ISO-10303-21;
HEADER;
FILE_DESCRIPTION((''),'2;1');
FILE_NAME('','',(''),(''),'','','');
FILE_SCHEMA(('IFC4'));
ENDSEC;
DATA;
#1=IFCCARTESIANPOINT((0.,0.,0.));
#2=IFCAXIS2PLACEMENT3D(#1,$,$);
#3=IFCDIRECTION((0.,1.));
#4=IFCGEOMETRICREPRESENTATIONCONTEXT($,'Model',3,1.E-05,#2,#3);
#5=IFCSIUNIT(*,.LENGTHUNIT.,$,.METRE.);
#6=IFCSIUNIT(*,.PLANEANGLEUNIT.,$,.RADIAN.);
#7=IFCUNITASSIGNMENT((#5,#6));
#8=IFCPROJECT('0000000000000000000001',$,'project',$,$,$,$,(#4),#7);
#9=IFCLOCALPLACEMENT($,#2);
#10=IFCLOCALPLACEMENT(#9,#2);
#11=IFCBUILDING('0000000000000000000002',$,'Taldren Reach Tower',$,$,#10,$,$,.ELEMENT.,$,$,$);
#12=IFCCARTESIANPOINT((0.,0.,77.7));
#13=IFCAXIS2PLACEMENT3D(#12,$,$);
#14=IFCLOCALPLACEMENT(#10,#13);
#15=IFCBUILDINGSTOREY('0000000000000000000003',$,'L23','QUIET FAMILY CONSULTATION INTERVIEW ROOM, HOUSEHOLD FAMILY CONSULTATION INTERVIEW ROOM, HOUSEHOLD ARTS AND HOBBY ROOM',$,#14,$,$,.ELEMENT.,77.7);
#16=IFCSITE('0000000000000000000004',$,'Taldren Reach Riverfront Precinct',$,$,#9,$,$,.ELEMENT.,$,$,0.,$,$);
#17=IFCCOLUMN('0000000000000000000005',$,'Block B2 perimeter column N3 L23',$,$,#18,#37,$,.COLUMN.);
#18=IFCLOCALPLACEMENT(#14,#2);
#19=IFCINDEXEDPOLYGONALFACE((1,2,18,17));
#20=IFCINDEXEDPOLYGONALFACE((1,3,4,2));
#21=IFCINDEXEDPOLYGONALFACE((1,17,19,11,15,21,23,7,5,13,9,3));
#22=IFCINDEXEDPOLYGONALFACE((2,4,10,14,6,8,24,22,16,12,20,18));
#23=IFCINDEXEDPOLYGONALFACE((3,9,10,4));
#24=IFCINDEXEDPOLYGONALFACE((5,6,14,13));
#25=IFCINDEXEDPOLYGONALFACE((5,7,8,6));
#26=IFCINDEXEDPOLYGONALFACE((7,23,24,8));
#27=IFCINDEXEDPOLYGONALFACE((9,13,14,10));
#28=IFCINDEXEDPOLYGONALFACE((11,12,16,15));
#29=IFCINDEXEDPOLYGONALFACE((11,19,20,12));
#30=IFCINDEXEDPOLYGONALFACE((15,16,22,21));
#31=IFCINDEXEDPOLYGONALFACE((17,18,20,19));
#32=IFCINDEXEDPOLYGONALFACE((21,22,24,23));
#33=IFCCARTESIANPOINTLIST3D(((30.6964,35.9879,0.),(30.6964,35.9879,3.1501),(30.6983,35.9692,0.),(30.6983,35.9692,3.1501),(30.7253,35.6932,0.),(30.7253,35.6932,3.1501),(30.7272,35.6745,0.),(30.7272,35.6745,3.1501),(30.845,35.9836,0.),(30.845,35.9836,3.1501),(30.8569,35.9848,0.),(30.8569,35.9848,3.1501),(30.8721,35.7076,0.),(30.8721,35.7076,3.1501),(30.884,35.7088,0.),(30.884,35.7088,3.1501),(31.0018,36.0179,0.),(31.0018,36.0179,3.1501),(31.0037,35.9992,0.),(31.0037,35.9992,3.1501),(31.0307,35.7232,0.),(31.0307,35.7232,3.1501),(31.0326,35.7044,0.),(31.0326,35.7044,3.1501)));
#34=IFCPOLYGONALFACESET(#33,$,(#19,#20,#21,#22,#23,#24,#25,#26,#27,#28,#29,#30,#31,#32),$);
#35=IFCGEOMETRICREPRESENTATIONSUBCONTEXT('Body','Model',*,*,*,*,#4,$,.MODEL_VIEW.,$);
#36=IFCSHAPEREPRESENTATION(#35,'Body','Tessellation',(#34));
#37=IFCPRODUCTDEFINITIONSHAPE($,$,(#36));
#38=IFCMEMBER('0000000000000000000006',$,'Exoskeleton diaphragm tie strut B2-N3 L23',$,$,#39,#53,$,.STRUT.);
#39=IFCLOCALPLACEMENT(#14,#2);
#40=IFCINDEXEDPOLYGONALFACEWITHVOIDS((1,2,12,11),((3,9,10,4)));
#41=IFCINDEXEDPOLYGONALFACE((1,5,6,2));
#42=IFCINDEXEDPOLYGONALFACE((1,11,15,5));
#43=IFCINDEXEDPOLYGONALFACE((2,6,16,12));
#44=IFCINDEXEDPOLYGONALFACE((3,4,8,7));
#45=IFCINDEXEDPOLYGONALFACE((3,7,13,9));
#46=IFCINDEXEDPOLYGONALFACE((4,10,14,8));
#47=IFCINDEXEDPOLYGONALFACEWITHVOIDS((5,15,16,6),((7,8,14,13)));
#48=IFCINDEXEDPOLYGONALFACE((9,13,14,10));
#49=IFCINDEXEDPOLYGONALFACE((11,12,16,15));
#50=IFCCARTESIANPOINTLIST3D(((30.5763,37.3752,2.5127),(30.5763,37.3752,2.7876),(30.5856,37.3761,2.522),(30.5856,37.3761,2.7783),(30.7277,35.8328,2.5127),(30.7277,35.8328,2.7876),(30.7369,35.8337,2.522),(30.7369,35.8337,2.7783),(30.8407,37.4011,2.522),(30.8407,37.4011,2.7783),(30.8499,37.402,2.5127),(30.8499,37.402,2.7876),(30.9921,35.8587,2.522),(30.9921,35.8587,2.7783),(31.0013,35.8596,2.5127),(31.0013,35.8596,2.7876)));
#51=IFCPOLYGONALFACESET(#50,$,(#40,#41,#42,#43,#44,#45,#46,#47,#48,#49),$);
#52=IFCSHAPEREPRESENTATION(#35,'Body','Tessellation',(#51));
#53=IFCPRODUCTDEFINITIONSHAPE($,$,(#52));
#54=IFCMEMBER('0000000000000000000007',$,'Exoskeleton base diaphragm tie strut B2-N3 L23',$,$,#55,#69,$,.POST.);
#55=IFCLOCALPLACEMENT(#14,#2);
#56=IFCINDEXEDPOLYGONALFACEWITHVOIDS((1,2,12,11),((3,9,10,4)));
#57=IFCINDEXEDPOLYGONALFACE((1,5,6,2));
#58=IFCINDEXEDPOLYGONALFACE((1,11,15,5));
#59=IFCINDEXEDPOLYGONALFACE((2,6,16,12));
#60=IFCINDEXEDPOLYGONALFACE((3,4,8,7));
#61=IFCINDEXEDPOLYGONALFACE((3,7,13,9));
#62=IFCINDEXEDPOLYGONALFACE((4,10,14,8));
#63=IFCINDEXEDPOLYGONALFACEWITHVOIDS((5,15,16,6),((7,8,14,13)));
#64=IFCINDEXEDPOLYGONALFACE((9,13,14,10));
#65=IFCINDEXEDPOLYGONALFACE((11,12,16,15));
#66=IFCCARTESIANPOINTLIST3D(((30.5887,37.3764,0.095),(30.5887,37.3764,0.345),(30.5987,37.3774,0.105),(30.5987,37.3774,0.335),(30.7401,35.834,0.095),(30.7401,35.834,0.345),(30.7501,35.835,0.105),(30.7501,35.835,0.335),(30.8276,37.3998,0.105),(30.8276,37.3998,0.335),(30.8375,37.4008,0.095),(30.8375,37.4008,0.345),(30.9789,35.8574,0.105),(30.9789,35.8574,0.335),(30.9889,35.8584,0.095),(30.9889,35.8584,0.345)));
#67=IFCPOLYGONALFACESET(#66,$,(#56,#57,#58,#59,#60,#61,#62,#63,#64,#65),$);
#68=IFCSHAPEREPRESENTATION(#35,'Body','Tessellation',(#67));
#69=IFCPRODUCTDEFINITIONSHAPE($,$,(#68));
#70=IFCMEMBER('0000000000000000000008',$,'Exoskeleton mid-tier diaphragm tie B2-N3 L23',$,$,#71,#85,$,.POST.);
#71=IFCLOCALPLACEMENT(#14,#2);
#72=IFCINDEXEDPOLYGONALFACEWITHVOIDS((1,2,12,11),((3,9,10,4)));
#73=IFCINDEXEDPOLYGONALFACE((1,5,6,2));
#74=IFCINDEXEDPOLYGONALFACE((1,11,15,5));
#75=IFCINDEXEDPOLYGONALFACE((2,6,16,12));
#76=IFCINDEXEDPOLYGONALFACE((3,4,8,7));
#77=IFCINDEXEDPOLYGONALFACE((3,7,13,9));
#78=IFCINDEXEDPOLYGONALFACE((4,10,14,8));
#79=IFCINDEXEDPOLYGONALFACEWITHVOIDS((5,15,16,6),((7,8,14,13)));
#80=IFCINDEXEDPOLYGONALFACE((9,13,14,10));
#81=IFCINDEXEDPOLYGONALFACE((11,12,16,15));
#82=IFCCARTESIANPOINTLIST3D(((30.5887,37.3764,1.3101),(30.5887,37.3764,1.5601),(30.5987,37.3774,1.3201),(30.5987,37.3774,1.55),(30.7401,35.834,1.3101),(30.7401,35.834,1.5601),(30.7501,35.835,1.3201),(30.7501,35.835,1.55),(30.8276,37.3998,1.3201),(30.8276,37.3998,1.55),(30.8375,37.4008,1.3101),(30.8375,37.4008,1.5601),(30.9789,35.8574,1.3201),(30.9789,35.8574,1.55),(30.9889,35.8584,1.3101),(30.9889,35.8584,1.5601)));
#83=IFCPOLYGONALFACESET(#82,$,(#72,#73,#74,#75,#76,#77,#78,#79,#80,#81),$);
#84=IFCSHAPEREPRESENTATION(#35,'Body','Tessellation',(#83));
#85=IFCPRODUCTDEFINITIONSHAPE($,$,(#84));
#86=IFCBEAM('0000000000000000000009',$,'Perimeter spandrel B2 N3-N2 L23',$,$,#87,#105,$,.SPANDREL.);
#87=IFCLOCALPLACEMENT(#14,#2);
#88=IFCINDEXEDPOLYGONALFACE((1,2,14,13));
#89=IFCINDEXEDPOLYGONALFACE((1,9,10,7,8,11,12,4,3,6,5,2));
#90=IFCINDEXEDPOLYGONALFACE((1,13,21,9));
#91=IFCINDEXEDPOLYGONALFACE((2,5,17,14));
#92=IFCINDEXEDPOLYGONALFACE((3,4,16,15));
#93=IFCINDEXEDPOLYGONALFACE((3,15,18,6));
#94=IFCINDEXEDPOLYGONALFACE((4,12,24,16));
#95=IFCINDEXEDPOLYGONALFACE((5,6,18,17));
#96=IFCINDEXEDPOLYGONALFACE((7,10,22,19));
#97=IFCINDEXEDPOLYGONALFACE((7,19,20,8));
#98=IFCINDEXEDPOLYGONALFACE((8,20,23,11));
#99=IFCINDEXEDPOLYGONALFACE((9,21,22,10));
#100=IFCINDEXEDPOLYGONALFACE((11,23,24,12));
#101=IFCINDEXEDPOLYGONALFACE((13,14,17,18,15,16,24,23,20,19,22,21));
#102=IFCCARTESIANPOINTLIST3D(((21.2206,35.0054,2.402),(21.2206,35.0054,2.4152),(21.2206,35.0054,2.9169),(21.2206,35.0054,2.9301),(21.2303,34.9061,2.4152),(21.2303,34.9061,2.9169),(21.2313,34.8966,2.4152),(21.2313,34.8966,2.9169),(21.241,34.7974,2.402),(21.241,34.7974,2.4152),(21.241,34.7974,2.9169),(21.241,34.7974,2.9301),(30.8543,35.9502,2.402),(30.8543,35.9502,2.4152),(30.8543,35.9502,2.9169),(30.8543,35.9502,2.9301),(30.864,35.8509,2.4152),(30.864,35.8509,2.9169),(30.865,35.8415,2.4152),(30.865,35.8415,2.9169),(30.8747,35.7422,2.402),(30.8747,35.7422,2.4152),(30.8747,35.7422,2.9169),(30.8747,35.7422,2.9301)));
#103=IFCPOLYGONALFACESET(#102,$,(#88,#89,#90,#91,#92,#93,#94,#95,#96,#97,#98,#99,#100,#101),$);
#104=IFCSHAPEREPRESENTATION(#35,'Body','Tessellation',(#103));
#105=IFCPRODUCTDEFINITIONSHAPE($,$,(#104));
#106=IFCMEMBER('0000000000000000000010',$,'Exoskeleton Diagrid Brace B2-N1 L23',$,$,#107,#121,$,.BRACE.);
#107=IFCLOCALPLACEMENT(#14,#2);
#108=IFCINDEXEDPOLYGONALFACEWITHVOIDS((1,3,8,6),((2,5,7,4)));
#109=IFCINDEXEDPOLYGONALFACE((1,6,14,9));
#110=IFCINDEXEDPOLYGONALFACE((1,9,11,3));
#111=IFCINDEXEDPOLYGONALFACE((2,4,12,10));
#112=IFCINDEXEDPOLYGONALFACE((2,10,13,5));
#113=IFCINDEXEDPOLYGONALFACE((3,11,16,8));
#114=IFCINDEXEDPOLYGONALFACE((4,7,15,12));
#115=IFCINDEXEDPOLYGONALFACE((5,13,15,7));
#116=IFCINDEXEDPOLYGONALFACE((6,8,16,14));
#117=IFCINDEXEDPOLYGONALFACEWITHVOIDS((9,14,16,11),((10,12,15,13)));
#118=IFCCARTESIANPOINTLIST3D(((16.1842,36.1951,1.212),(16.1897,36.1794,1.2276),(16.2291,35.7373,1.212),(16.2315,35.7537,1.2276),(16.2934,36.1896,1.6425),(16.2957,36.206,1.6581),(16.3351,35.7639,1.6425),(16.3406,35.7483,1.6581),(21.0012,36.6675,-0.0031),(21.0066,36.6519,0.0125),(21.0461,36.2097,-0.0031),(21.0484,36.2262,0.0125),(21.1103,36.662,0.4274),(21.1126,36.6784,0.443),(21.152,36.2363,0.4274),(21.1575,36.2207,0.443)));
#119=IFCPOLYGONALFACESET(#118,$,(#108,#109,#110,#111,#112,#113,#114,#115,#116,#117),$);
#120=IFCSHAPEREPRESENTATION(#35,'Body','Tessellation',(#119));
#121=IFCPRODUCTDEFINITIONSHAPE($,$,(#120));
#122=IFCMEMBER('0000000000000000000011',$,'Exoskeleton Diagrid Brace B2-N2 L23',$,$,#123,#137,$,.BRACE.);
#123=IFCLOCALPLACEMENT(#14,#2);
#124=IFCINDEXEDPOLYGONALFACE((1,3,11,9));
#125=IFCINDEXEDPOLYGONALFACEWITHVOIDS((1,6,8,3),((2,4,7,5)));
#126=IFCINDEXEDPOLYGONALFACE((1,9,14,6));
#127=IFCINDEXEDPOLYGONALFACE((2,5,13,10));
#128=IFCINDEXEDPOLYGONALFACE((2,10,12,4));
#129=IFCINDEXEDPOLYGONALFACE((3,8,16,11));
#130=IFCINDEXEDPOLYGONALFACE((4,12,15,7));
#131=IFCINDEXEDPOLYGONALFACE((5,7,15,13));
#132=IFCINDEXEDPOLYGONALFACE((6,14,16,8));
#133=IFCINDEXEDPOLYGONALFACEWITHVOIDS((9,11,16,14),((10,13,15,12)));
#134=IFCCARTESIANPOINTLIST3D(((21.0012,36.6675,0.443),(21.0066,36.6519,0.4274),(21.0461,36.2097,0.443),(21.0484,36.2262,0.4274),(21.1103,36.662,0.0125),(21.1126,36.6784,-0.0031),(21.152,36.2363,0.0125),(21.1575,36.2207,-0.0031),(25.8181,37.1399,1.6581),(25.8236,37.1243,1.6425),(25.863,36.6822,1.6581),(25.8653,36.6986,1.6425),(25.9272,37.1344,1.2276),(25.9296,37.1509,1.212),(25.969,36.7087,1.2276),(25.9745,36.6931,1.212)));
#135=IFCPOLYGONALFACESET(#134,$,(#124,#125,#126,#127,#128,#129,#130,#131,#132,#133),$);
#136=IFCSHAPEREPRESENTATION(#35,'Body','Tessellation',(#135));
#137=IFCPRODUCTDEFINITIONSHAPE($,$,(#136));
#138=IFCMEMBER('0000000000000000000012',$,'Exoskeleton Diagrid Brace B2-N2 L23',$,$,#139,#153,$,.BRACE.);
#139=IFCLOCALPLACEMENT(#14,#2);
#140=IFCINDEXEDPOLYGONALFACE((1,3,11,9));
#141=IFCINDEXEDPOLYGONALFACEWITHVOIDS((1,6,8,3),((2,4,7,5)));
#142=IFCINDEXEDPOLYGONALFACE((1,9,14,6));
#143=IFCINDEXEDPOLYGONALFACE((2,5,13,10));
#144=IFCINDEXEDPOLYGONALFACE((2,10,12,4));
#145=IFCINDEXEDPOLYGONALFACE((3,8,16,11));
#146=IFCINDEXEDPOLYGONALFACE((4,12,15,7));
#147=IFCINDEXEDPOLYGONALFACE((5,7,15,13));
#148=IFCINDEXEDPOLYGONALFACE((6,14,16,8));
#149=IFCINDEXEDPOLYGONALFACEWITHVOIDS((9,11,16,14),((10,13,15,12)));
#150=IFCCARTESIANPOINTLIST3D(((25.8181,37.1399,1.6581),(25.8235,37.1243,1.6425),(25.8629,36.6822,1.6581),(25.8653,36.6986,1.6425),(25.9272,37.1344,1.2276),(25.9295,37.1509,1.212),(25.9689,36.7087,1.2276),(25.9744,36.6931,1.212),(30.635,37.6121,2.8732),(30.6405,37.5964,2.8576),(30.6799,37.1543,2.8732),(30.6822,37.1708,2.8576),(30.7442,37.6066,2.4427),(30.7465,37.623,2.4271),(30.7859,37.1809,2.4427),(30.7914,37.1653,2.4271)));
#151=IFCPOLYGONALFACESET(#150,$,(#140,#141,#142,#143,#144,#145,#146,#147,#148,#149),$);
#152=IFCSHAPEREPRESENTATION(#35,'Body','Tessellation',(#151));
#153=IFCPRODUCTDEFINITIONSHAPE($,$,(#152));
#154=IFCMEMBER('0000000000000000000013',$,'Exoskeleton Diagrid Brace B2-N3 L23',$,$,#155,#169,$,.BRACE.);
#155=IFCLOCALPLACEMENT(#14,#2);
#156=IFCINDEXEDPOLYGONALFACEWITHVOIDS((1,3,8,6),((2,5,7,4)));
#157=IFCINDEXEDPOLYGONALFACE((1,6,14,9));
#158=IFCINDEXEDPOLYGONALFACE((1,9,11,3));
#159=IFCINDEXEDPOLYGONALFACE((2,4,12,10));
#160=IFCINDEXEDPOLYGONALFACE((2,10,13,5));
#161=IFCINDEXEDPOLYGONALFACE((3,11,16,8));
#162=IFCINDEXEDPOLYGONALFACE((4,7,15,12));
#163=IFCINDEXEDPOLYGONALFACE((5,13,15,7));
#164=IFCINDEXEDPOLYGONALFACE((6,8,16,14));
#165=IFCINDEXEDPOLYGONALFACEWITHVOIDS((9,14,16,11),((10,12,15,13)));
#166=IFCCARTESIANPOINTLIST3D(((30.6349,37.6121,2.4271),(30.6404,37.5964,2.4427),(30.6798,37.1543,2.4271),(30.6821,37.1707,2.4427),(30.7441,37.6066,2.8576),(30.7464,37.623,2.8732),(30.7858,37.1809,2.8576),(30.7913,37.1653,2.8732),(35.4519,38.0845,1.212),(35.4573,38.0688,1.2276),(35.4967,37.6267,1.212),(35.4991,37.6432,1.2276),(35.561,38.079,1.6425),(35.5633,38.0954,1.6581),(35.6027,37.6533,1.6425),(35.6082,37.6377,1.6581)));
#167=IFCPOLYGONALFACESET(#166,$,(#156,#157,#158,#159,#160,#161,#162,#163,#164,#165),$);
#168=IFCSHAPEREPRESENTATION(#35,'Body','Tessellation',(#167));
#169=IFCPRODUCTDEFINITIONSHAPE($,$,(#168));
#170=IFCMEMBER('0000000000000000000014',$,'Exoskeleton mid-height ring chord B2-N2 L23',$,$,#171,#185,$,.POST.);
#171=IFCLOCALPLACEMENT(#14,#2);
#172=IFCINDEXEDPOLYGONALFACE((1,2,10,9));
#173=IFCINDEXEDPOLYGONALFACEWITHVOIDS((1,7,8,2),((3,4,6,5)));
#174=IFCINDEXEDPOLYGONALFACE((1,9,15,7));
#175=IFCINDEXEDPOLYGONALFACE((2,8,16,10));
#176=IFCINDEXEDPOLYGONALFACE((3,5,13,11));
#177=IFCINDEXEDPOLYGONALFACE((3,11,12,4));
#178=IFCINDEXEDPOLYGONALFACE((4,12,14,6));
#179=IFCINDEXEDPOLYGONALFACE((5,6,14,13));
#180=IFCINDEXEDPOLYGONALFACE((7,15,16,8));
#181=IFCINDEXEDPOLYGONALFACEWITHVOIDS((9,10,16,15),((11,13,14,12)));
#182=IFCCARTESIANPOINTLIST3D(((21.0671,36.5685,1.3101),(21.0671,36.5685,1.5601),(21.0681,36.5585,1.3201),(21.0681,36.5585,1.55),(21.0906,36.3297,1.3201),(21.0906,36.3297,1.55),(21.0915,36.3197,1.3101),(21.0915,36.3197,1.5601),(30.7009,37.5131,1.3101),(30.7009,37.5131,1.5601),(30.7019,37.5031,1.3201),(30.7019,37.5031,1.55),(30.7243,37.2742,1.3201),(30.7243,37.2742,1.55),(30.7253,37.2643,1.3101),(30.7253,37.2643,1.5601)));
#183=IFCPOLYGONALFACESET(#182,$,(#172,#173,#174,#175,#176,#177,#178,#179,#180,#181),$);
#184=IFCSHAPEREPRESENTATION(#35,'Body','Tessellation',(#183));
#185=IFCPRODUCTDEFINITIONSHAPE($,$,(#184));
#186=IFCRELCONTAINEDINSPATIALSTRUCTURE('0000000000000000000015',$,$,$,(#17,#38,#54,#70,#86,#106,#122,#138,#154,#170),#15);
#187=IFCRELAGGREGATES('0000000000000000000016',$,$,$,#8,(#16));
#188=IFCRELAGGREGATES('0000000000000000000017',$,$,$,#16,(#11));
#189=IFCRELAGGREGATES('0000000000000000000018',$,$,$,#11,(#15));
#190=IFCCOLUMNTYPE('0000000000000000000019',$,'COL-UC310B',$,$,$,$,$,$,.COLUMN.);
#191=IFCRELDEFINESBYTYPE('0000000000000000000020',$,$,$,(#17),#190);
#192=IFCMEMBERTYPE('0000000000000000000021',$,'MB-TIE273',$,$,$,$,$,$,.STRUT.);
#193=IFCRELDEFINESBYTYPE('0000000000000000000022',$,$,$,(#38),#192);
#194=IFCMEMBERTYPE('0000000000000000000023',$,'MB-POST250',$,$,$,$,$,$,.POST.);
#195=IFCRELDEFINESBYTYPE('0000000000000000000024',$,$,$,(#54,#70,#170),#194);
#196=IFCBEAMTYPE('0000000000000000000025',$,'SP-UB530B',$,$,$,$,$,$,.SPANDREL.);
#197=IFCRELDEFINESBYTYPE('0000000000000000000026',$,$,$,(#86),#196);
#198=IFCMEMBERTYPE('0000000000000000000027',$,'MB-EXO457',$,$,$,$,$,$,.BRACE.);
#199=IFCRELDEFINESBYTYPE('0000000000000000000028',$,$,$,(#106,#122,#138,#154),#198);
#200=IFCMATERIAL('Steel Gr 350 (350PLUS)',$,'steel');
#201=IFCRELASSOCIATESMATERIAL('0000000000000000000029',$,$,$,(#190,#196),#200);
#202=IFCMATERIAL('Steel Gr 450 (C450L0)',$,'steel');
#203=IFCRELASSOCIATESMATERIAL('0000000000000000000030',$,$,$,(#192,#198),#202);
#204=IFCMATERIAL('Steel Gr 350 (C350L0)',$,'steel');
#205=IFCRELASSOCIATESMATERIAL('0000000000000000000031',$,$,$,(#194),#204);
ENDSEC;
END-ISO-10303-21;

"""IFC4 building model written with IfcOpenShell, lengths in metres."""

from ifc_helpers import new_model, si_unit, direction, frame, origin, origin_2d, place, context, subcontext, project, spatial, hollow_rectangle, i_section, extrude, source, transform, mapped, material, material_profile, profile_set, type_object, element, save


model = new_model("IFC4")

# Units and contexts
model_context = context("Model", 3, precision=1e-05, world=origin(), true_north=direction((0.0, 1.0)))
body_context = subcontext(model_context, "Body", "Model", "MODEL_VIEW")
ifc_project = project(units=[si_unit("LENGTHUNIT", "METRE"), si_unit("PLANEANGLEUNIT", "RADIAN")], contexts=[model_context])

# Site, building, storey
site_placement = place(None, origin())
site = spatial("IfcSite", under=ifc_project, at=site_placement, Name="Taldren Reach Riverfront Precinct", CompositionType="ELEMENT", RefElevation=0.0)
building_placement = place(site_placement, origin())
building = spatial("IfcBuilding", under=site, at=building_placement, Name="Taldren Reach Tower", CompositionType="ELEMENT")
storey_placement = place(building_placement, frame((0.0, 0.0, 77.7)))
storey = spatial("IfcBuildingStorey", under=building, at=storey_placement, Name="L23", Description="QUIET FAMILY CONSULTATION INTERVIEW ROOM, HOUSEHOLD FAMILY CONSULTATION INTERVIEW ROOM, HOUSEHOLD ARTS AND HOBBY ROOM", CompositionType="ELEMENT", Elevation=77.7)

# Column
ifc_material_1 = material(Name="Steel Gr 350 (350PLUS)", Category="steel")
ifc_material_profile_1 = material_profile(ifc_material_1, i_section(OverallWidth=0.3069, OverallDepth=0.3149, WebThickness=0.012, FlangeThickness=0.0188, at=origin_2d()), Name="310UC118")
ifc_profile_set_1 = profile_set([ifc_material_profile_1], Name="Steel Gr 350 (350PLUS)")
column_type = type_object("IfcColumnType", Name="COL-UC310B", PredefinedType="COLUMN", material=ifc_profile_set_1)
shared_shape_1 = source(origin(), body_context, "Body", "SweptSolid", [
    extrude(i_section(OverallWidth=0.3069, OverallDepth=0.3149, WebThickness=0.012, FlangeThickness=0.0188, at=origin_2d()), origin(), (0.0, 0.0, 1.0), 3.1501),
])
column_placement = place(storey_placement, frame((30.8645, 35.8462, 0.0), z_axis=(0.0, 0.0, 1.0), x_axis=(0.995227, 0.097583, 0.0)))
element("IfcColumn", 1, at=column_placement, inside=storey, type_object=column_type, Name="Block B2 perimeter column N3 L23", PredefinedType="COLUMN", context=body_context, shape_type="MappedRepresentation", body=[
    mapped(shared_shape_1, transform((0.0, 0.0, 0.0), scale=1.0)),
])

# Members
ifc_material_2 = material(Name="Steel Gr 450 (C450L0)", Category="steel")
ifc_material_profile_2 = material_profile(ifc_material_2, hollow_rectangle(XDim=0.2749, YDim=0.2749, WallThickness=0.0093, at=origin_2d()), Name="275x275x9.3SHS")
ifc_profile_set_2 = profile_set([ifc_material_profile_2], Name="Steel Gr 450 (C450L0)")
member_type_1 = type_object("IfcMemberType", Name="MB-TIE273", PredefinedType="STRUT", material=ifc_profile_set_2)
shared_shape_2 = source(origin(), body_context, "Body", "SweptSolid", [
    extrude(hollow_rectangle(XDim=0.2749, YDim=0.2749, WallThickness=0.0093, at=origin_2d()), origin(), (0.0, 0.0, 1.0), 1.5498),
])
member_1_placement = place(storey_placement, frame((30.8645, 35.8462, 2.6501), z_axis=(-0.097663, 0.99522, 0.0), x_axis=(-0.99522, -0.097663, 0.0)))
element("IfcMember", 2, at=member_1_placement, inside=storey, type_object=member_type_1, Name="Exoskeleton diaphragm tie strut B2-N3 L23", PredefinedType="STRUT", context=body_context, shape_type="MappedRepresentation", body=[
    mapped(shared_shape_2, transform((0.0, 0.0, 0.0), scale=1.0)),
])
ifc_material_3 = material(Name="Steel Gr 350 (C350L0)", Category="steel")
ifc_material_profile_3 = material_profile(ifc_material_3, hollow_rectangle(XDim=0.25, YDim=0.25, WallThickness=0.01, at=origin_2d()), Name="250x250x10.0SHS")
ifc_profile_set_3 = profile_set([ifc_material_profile_3], Name="Steel Gr 350 (C350L0)")
member_type_2 = type_object("IfcMemberType", Name="MB-POST250", PredefinedType="POST", material=ifc_profile_set_3)
shared_shape_3 = source(origin(), body_context, "Body", "SweptSolid", [
    extrude(hollow_rectangle(XDim=0.25, YDim=0.25, WallThickness=0.01, at=origin_2d()), origin(), (0.0, 0.0, 1.0), 1.5498),
])
for number, where, z_axis, x_axis, name in (
    (3, (30.8645, 35.8462, 0.22), (-0.097663, 0.99522, 0.0), (-0.99522, -0.097663, 0.0), "Exoskeleton base diaphragm tie strut B2-N3 L23"),
    (4, (30.8645, 35.8462, 1.4351), (-0.097663, 0.99522, 0.0), (-0.99522, -0.097663, 0.0), "Exoskeleton mid-tier diaphragm tie B2-N3 L23"),
):
    element("IfcMember", number, at=place(storey_placement, frame(where, z_axis=z_axis, x_axis=x_axis)), inside=storey, type_object=member_type_2, Name=name, PredefinedType="POST", context=body_context, shape_type="MappedRepresentation", body=[
        mapped(shared_shape_3, transform((0.0, 0.0, 0.0), scale=1.0)),
    ])

# Beam
ifc_material_profile_4 = material_profile(ifc_material_1, i_section(OverallWidth=0.209, OverallDepth=0.5281, WebThickness=0.0095, FlangeThickness=0.0132, at=origin_2d()), Name="530UB82.0")
ifc_profile_set_4 = profile_set([ifc_material_profile_4], Name="Steel Gr 350 (350PLUS)")
beam_type = type_object("IfcBeamType", Name="SP-UB530B", PredefinedType="SPANDREL", material=ifc_profile_set_4)
shared_shape_4 = source(origin(), body_context, "Body", "SweptSolid", [
    extrude(i_section(OverallWidth=0.209, OverallDepth=0.5281, WebThickness=0.0095, FlangeThickness=0.0132, at=origin_2d()), origin(), (0.0, 0.0, 1.0), 9.6799),
])
beam_placement = place(storey_placement, frame((30.8645, 35.8462, 2.666), z_axis=(-0.995225, -0.097606, 0.0), x_axis=(0.097606, -0.995225, 0.0)))
element("IfcBeam", 5, at=beam_placement, inside=storey, type_object=beam_type, Name="Perimeter spandrel B2 N3-N2 L23", PredefinedType="SPANDREL", context=body_context, shape_type="MappedRepresentation", body=[
    mapped(shared_shape_4, transform((0.0, 0.0, 0.0), scale=1.0)),
])

# Members
ifc_material_profile_5 = material_profile(ifc_material_2, hollow_rectangle(XDim=0.46, YDim=0.46, WallThickness=0.0161, at=origin_2d()), Name="460x460x16.0SHS")
ifc_profile_set_5 = profile_set([ifc_material_profile_5], Name="Steel Gr 450 (C450L0)")
member_type_3 = type_object("IfcMemberType", Name="MB-EXO457", PredefinedType="BRACE", material=ifc_profile_set_5)
shared_shape_5 = source(origin(), body_context, "Body", "SweptSolid", [
    extrude(hollow_rectangle(XDim=0.46, YDim=0.46, WallThickness=0.0161, at=origin_2d()), origin(), (0.0, 0.0, 1.0), 4.9902),
])
for number, where, z_axis, x_axis, name in (
    (6, (21.0793, 36.4441, 0.22), (-0.965271, -0.094668, 0.243495), (0.097606, -0.995225, 0.0), "Exoskeleton Diagrid Brace B2-N1 L23"),
    (7, (21.0793, 36.4441, 0.22), (0.965271, 0.094668, 0.243495), (-0.097606, 0.995225, 0.0), "Exoskeleton Diagrid Brace B2-N2 L23"),
    (8, (25.8962, 36.9165, 1.4351), (0.965276, 0.09462, 0.243496), (-0.097556, 0.99523, 0.0), "Exoskeleton Diagrid Brace B2-N2 L23"),
    (9, (35.53, 37.8611, 1.4351), (-0.965271, -0.094668, 0.243495), (0.097606, -0.995225, 0.0), "Exoskeleton Diagrid Brace B2-N3 L23"),
):
    element("IfcMember", number, at=place(storey_placement, frame(where, z_axis=z_axis, x_axis=x_axis)), inside=storey, type_object=member_type_3, Name=name, PredefinedType="BRACE", context=body_context, shape_type="MappedRepresentation", body=[
        mapped(shared_shape_5, transform((0.0, 0.0, 0.0), scale=1.0)),
    ])
shared_shape_6 = source(origin(), body_context, "Body", "SweptSolid", [
    extrude(hollow_rectangle(XDim=0.25, YDim=0.25, WallThickness=0.01, at=origin_2d()), origin(), (0.0, 0.0, 1.0), 9.6799),
])
for number, where, z_axis, x_axis, name in (
    (10, (21.0793, 36.4441, 1.4351), (0.995228, 0.097581, 0.0), (-0.097581, 0.995228, 0.0), "Exoskeleton mid-height ring chord B2-N2 L23"),
):
    element("IfcMember", number, at=place(storey_placement, frame(where, z_axis=z_axis, x_axis=x_axis)), inside=storey, type_object=member_type_2, Name=name, PredefinedType="POST", context=body_context, shape_type="MappedRepresentation", body=[
        mapped(shared_shape_6, transform((0.0, 0.0, 0.0), scale=1.0)),
    ])

save(model, "model.ifc")
